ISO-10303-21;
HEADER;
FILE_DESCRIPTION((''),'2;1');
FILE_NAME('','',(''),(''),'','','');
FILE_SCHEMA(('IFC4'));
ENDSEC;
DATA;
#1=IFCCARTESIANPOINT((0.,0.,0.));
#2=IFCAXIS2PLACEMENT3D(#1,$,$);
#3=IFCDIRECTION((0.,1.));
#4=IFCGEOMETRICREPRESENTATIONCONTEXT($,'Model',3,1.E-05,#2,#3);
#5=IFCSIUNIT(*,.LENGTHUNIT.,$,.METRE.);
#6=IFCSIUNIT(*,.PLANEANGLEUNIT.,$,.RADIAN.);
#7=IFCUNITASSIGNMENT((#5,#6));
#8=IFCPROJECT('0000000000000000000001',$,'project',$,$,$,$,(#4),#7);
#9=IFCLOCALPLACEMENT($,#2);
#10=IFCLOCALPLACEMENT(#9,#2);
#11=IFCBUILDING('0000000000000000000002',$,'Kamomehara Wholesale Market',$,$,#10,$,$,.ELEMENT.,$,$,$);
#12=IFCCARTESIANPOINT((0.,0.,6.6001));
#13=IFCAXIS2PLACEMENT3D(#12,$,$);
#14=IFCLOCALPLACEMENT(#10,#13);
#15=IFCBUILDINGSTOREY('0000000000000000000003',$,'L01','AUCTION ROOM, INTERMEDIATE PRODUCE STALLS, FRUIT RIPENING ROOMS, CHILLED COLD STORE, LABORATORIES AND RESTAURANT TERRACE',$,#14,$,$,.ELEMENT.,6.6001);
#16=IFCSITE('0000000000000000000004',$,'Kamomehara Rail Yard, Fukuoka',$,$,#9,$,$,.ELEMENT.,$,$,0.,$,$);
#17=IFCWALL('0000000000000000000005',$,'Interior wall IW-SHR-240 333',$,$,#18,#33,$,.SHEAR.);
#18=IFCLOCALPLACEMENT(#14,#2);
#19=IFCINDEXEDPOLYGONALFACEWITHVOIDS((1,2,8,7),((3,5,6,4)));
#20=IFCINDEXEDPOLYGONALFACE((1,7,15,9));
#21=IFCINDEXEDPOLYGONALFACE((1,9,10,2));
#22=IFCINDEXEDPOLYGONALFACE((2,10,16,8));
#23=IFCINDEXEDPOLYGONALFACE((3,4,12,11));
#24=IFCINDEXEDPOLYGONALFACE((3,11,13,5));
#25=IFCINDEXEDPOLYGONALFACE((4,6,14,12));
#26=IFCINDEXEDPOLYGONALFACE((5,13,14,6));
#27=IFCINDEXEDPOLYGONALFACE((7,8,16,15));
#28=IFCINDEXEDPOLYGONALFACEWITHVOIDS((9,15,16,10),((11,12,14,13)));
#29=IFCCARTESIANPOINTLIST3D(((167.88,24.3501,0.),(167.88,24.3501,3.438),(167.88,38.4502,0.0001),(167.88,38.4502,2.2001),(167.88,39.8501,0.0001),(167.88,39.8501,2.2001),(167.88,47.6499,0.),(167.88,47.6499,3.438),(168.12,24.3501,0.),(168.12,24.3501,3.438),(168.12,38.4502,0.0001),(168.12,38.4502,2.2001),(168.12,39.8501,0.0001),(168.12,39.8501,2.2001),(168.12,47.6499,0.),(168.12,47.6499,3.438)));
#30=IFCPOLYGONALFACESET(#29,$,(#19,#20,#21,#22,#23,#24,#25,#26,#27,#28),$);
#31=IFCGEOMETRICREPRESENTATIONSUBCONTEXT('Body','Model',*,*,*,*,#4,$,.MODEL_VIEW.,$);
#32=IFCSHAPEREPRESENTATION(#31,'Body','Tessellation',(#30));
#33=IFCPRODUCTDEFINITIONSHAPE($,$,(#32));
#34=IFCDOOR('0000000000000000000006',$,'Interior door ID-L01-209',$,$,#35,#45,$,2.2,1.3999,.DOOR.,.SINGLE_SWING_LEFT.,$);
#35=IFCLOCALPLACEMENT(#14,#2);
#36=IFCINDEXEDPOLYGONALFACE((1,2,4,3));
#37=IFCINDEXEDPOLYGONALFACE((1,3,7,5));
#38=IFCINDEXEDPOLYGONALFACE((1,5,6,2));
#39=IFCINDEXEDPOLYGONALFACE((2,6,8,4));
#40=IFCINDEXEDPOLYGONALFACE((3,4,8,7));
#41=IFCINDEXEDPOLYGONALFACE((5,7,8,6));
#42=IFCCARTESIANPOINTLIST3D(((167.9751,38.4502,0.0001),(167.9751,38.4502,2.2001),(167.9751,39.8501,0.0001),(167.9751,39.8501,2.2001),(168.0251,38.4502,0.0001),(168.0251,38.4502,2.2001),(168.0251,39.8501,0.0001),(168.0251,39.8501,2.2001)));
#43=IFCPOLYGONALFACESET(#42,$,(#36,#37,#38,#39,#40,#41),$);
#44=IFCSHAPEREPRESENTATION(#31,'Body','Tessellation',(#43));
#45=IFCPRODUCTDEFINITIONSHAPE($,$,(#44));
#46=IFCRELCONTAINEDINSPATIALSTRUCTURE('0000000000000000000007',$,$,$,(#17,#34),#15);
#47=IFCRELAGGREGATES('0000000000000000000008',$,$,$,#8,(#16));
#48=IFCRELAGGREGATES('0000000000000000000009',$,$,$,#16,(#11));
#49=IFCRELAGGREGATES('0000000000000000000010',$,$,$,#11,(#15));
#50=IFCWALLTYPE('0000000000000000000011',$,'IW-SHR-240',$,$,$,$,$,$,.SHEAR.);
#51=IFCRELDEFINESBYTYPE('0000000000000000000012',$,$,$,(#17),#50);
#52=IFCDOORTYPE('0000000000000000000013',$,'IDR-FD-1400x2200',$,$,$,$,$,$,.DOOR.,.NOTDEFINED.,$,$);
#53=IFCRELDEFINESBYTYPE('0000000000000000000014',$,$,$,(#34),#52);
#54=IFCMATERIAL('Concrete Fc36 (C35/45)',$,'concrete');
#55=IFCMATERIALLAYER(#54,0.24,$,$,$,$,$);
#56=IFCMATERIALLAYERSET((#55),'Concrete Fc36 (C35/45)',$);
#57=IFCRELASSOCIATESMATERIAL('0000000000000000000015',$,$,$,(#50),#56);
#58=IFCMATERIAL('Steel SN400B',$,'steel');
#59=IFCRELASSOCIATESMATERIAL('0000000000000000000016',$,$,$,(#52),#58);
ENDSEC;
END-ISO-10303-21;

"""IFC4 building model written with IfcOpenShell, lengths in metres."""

from ifc_helpers import new_model, si_unit, direction, frame, frame_2d, origin, place, context, subcontext, project, spatial, rectangle, extrude, material, layer, layer_set, type_object, element, fill, save


model = new_model("IFC4")

# Units and contexts
model_context = context("Model", 3, precision=1e-05, world=origin(), true_north=direction((0.0, 1.0)))
body_context = subcontext(model_context, "Body", "Model", "MODEL_VIEW")
ifc_project = project(units=[si_unit("LENGTHUNIT", "METRE"), si_unit("PLANEANGLEUNIT", "RADIAN")], contexts=[model_context])

# Site, building, storey
site_placement = place(None, origin())
site = spatial("IfcSite", under=ifc_project, at=site_placement, Name="Kamomehara Rail Yard, Fukuoka", CompositionType="ELEMENT", RefElevation=0.0)
building_placement = place(site_placement, origin())
building = spatial("IfcBuilding", under=site, at=building_placement, Name="Kamomehara Wholesale Market", CompositionType="ELEMENT")
storey_placement = place(building_placement, frame((0.0, 0.0, 6.6001)))
storey = spatial("IfcBuildingStorey", under=building, at=storey_placement, Name="L01", Description="AUCTION ROOM, INTERMEDIATE PRODUCE STALLS, FRUIT RIPENING ROOMS, CHILLED COLD STORE, LABORATORIES AND RESTAURANT TERRACE", CompositionType="ELEMENT", Elevation=6.6001)

# Wall, opening, door
ifc_material_1 = material(Name="Concrete Fc36 (C35/45)", Category="concrete")
ifc_layer_1 = layer(ifc_material_1, 0.24)
ifc_layer_set_1 = layer_set([ifc_layer_1], Name="Concrete Fc36 (C35/45)")
wall_type_1 = type_object("IfcWallType", Name="IW-SHR-240", PredefinedType="SHEAR", material=ifc_layer_set_1)
wall_1_placement = place(storey_placement, frame((168.0, 24.3501, 0.0), z_axis=(0.0, 0.0, 1.0), x_axis=(0.0, 1.0, 0.0)))
wall_1 = element("IfcWall", 1, at=wall_1_placement, inside=storey, type_object=wall_type_1, Name="Interior wall IW-SHR-240 333", PredefinedType="SHEAR", context=body_context, shape_type="SweptSolid", body=[
    extrude(rectangle(XDim=23.2998, YDim=0.24, at=frame_2d((11.6499, 0.0))), origin(), (0.0, 0.0, 1.0), 3.438),
])
opening_placement = place(wall_1_placement, frame((14.1001, 0.0, 0.0)))
opening = element("IfcOpeningElement", 2, at=opening_placement, cuts=wall_1, PredefinedType="OPENING", context=body_context, shape_type="SweptSolid", body=[
    extrude(rectangle(XDim=1.3999, YDim=2.2, at=frame_2d((0.7, 1.1001))), frame((0.0, 0.1348, 0.0), z_axis=(0.0, -1.0, 0.0), x_axis=(1.0, 0.0, 0.0)), (0.0, 0.0, 1.0), 0.2698),
])
ifc_material_2 = material(Name="Steel SN400B", Category="steel")
door_type = type_object("IfcDoorType", Name="IDR-FD-1400x2200", OperationType="NOTDEFINED", PredefinedType="DOOR", material=ifc_material_2)
door_placement = place(opening_placement, origin())
door = element("IfcDoor", 3, at=door_placement, inside=storey, type_object=door_type, Name="Interior door ID-L01-209", OperationType="SINGLE_SWING_LEFT", OverallHeight=2.2, OverallWidth=1.3999, PredefinedType="DOOR", context=body_context, shape_type="SweptSolid", body=[
    extrude(rectangle(XDim=1.3999, YDim=2.2, at=frame_2d((0.7, 1.1001))), frame((0.0, 0.0249, 0.0), z_axis=(0.0, -1.0, 0.0), x_axis=(1.0, 0.0, 0.0)), (0.0, 0.0, 1.0), 0.05),
])
fill(opening, door)

save(model, "model.ifc")
